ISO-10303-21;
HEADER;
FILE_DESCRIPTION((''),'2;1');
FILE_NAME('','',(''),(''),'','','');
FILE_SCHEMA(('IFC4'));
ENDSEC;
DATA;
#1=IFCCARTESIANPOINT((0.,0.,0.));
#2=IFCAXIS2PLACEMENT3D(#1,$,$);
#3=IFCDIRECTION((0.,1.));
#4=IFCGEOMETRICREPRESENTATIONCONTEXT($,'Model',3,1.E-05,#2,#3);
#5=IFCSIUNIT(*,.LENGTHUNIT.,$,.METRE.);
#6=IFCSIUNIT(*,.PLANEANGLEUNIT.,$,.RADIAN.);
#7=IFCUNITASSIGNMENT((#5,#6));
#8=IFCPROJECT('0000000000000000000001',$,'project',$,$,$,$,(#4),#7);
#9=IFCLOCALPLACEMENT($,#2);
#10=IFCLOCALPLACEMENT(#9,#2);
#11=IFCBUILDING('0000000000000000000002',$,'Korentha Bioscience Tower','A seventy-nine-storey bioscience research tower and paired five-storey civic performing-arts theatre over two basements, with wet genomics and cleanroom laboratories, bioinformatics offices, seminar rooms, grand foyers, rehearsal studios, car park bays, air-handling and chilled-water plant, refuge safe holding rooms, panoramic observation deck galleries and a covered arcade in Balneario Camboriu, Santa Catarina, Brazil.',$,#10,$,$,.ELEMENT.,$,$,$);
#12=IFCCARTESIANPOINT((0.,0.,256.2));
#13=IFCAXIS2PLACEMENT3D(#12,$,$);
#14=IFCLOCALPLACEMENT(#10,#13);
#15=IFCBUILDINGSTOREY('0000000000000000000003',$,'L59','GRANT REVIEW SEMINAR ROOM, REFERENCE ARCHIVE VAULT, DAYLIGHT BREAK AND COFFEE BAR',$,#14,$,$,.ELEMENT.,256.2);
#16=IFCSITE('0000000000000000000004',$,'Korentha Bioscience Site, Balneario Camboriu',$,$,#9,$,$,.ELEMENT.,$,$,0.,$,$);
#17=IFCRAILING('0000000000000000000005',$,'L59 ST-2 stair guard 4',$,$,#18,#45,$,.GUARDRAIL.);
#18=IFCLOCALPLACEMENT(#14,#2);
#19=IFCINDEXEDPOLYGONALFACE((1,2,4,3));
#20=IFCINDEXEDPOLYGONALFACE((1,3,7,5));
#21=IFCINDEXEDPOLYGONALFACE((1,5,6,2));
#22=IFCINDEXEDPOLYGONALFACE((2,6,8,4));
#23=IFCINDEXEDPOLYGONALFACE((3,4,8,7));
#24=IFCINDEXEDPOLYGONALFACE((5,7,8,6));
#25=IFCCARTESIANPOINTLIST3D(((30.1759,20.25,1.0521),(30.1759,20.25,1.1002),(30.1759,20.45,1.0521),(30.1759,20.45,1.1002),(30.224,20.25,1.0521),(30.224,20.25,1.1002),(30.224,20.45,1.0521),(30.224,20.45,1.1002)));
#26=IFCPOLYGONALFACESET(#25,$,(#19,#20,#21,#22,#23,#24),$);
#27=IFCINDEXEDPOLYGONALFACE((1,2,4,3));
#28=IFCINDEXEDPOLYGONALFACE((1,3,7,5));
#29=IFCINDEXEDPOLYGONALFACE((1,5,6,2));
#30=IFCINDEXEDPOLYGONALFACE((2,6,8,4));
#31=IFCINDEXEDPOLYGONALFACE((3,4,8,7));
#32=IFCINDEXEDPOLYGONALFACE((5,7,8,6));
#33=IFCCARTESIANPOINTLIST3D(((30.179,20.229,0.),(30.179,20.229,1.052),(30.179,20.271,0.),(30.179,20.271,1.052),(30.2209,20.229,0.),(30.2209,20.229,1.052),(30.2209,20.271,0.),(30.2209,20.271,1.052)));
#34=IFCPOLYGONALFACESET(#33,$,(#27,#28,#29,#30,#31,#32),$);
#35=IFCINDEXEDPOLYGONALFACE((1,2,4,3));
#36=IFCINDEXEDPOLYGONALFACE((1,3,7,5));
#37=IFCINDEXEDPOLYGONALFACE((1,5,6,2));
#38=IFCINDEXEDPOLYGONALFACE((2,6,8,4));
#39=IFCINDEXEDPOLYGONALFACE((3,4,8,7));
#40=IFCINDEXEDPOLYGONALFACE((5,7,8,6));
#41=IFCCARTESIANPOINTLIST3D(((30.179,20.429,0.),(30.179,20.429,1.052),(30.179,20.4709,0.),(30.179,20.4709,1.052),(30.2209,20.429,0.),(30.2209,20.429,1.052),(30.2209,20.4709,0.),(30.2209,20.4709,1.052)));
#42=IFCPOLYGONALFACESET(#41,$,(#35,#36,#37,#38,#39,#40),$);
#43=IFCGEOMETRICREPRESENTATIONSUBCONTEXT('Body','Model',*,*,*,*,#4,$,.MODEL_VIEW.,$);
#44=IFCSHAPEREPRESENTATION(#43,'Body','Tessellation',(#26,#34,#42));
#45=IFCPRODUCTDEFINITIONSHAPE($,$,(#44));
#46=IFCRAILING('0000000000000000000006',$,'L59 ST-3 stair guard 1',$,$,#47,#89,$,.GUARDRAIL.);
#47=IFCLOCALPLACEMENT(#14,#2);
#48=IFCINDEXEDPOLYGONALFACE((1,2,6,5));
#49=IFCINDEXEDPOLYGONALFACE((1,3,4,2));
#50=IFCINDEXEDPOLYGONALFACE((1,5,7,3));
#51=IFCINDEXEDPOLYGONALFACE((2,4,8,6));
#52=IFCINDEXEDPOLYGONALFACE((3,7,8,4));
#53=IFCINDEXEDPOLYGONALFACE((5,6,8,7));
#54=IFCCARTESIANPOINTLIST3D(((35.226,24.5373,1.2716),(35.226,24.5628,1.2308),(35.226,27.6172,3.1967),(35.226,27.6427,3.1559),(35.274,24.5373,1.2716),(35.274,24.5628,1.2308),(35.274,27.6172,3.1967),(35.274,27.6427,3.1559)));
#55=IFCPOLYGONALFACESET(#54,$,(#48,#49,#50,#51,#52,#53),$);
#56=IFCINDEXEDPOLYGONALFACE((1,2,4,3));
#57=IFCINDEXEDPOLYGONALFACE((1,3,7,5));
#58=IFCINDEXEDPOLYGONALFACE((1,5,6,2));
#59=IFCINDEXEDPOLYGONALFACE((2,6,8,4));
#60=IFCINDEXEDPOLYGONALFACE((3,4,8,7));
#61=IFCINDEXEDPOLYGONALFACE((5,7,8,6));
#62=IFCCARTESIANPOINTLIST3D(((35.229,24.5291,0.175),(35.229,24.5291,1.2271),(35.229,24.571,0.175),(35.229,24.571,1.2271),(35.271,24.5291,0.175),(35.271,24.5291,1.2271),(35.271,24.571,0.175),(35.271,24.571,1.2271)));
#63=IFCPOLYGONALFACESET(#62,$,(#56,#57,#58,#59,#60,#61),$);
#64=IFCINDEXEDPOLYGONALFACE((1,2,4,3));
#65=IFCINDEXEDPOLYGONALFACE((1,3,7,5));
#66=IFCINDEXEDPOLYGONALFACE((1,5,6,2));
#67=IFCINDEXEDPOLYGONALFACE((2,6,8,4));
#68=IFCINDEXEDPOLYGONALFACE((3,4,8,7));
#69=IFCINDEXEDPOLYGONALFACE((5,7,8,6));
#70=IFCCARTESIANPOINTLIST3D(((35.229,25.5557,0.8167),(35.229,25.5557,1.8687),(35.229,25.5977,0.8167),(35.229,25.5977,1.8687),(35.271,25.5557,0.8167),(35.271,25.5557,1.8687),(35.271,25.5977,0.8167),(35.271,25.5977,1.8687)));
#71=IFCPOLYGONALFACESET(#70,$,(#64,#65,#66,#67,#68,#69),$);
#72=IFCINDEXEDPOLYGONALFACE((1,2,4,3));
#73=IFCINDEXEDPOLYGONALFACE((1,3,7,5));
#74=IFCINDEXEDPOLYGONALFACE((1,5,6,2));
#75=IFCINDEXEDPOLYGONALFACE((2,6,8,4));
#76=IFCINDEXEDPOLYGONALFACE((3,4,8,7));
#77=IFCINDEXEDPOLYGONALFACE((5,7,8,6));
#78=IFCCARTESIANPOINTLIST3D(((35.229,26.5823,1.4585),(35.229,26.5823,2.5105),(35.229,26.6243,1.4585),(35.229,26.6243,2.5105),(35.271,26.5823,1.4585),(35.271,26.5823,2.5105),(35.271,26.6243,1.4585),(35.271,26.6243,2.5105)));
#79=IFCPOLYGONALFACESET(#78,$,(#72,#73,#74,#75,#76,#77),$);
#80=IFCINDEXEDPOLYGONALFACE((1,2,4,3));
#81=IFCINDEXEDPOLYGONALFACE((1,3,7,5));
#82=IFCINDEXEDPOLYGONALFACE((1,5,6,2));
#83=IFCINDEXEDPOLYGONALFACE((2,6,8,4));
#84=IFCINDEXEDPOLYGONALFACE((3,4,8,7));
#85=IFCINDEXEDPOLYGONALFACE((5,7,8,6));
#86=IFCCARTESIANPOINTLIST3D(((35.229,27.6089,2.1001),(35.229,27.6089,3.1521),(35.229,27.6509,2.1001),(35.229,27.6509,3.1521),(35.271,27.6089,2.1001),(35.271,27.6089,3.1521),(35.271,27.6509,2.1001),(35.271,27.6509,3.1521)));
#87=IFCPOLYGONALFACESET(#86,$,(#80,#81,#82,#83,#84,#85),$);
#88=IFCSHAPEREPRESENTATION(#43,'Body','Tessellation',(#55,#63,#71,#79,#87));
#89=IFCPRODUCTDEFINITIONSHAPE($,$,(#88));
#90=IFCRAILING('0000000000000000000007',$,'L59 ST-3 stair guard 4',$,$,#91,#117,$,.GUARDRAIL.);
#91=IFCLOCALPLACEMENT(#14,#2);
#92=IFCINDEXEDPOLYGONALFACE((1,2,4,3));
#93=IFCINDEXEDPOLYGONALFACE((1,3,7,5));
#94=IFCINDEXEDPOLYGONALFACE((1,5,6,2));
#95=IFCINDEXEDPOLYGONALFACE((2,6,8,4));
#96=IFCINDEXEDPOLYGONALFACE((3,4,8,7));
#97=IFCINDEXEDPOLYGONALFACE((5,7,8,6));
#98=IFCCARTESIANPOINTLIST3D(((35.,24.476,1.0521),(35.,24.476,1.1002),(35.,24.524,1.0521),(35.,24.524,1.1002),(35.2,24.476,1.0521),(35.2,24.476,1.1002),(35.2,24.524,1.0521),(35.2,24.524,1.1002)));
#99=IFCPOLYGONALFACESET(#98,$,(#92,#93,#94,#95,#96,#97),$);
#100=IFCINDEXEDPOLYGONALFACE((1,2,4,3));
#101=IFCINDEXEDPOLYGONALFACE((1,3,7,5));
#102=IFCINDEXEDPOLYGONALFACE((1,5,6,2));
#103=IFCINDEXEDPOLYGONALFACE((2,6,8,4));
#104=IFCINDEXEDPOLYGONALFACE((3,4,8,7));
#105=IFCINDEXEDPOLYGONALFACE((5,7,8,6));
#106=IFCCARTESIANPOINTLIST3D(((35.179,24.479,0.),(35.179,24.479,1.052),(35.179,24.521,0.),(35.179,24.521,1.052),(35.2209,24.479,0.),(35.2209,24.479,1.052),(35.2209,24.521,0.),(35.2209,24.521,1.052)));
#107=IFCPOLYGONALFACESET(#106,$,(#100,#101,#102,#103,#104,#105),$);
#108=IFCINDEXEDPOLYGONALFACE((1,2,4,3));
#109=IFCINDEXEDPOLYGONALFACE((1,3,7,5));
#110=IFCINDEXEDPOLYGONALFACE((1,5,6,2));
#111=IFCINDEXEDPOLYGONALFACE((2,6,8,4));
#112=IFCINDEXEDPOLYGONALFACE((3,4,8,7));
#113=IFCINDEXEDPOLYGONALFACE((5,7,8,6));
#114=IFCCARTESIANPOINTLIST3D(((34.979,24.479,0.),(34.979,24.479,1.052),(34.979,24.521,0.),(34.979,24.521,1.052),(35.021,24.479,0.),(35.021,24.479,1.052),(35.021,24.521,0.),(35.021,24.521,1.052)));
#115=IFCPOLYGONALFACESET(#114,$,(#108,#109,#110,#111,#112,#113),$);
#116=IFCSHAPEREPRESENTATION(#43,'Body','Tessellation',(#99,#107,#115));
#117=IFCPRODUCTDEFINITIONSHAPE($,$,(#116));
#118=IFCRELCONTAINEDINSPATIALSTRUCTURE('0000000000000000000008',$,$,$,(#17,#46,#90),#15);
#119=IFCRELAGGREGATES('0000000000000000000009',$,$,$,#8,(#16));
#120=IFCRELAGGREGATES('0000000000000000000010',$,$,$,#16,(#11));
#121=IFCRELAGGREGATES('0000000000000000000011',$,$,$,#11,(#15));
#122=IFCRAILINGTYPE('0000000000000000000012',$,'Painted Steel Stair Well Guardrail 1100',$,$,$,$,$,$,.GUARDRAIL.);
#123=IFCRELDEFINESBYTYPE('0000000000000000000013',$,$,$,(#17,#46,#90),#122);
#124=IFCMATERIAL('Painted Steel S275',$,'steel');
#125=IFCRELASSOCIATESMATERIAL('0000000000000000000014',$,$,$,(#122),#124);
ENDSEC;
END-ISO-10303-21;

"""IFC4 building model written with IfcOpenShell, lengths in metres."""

from ifc_helpers import new_model, si_unit, direction, frame, origin, origin_2d, place, context, subcontext, project, spatial, rectangle, extrude, material, type_object, element, save


model = new_model("IFC4")

# Units and contexts
model_context = context("Model", 3, precision=1e-05, world=origin(), true_north=direction((0.0, 1.0)))
body_context = subcontext(model_context, "Body", "Model", "MODEL_VIEW")
ifc_project = project(units=[si_unit("LENGTHUNIT", "METRE"), si_unit("PLANEANGLEUNIT", "RADIAN")], contexts=[model_context])

# Site, building, storey
site_placement = place(None, origin())
site = spatial("IfcSite", under=ifc_project, at=site_placement, Name="Korentha Bioscience Site, Balneario Camboriu", CompositionType="ELEMENT", RefElevation=0.0)
building_placement = place(site_placement, origin())
building = spatial("IfcBuilding", under=site, at=building_placement, Name="Korentha Bioscience Tower", Description="A seventy-nine-storey bioscience research tower and paired five-storey civic performing-arts theatre over two basements, with wet genomics and cleanroom laboratories, bioinformatics offices, seminar rooms, grand foyers, rehearsal studios, car park bays, air-handling and chilled-water plant, refuge safe holding rooms, panoramic observation deck galleries and a covered arcade in Balneario Camboriu, Santa Catarina, Brazil.", CompositionType="ELEMENT")
storey_placement = place(building_placement, frame((0.0, 0.0, 256.2)))
storey = spatial("IfcBuildingStorey", under=building, at=storey_placement, Name="L59", Description="GRANT REVIEW SEMINAR ROOM, REFERENCE ARCHIVE VAULT, DAYLIGHT BREAK AND COFFEE BAR", CompositionType="ELEMENT", Elevation=256.2)

# Railings
ifc_material_1 = material(Name="Painted Steel S275", Category="steel")
railing_type_1 = type_object("IfcRailingType", Name="Painted Steel Stair Well Guardrail 1100", PredefinedType="GUARDRAIL", material=ifc_material_1)
railing_1_placement = place(storey_placement, frame((30.2, 20.25, 0.0)))
element("IfcRailing", 1, at=railing_1_placement, inside=storey, type_object=railing_type_1, Name="L59 ST-2 stair guard 4", PredefinedType="GUARDRAIL", context=body_context, shape_type="SweptSolid", body=[
    extrude(rectangle(XDim=0.0481, YDim=0.0481, at=origin_2d()), frame((0.0, 0.0, 1.0762), z_axis=(0.0, 1.0, 0.0), x_axis=(-1.0, 0.0, 0.0)), (0.0, 0.0, 1.0), 0.2),
    extrude(rectangle(XDim=0.042, YDim=0.042, at=origin_2d()), origin(), (0.0, 0.0, 1.0), 1.052),
    extrude(rectangle(XDim=0.042, YDim=0.042, at=origin_2d()), frame((0.0, 0.2, 0.0)), (0.0, 0.0, 1.0), 1.052),
])
railing_2_placement = place(storey_placement, frame((35.25, 24.55, 0.175)))
element("IfcRailing", 2, at=railing_2_placement, inside=storey, type_object=railing_type_1, Name="L59 ST-3 stair guard 1", PredefinedType="GUARDRAIL", context=body_context, shape_type="SweptSolid", body=[
    extrude(rectangle(XDim=0.0481, YDim=0.0481, at=origin_2d()), frame((0.0, 0.0, 1.0762), z_axis=(0.0, 0.847979, 0.530029), x_axis=(-1.0, 0.0, 0.0)), (0.0, 0.0, 1.0), 3.6321),
    extrude(rectangle(XDim=0.042, YDim=0.042, at=origin_2d()), origin(), (0.0, 0.0, 1.0), 1.052),
    extrude(rectangle(XDim=0.042, YDim=0.042, at=origin_2d()), frame((0.0, 1.0266, 0.6416)), (0.0, 0.0, 1.0), 1.052),
    extrude(rectangle(XDim=0.042, YDim=0.042, at=origin_2d()), frame((0.0, 2.0532, 1.2834)), (0.0, 0.0, 1.0), 1.052),
    extrude(rectangle(XDim=0.042, YDim=0.042, at=origin_2d()), frame((0.0, 3.0798, 1.925)), (0.0, 0.0, 1.0), 1.052),
])
railing_3_placement = place(storey_placement, frame((35.2, 24.5, 0.0)))
element("IfcRailing", 3, at=railing_3_placement, inside=storey, type_object=railing_type_1, Name="L59 ST-3 stair guard 4", PredefinedType="GUARDRAIL", context=body_context, shape_type="SweptSolid", body=[
    extrude(rectangle(XDim=0.0481, YDim=0.0481, at=origin_2d()), frame((0.0, 0.0, 1.0762), z_axis=(-1.0, 0.0, 0.0), x_axis=(0.0, -1.0, 0.0)), (0.0, 0.0, 1.0), 0.2),
    extrude(rectangle(XDim=0.042, YDim=0.042, at=origin_2d()), origin(), (0.0, 0.0, 1.0), 1.052),
    extrude(rectangle(XDim=0.042, YDim=0.042, at=origin_2d()), frame((-0.2, 0.0, 0.0)), (0.0, 0.0, 1.0), 1.052),
])

save(model, "model.ifc")
